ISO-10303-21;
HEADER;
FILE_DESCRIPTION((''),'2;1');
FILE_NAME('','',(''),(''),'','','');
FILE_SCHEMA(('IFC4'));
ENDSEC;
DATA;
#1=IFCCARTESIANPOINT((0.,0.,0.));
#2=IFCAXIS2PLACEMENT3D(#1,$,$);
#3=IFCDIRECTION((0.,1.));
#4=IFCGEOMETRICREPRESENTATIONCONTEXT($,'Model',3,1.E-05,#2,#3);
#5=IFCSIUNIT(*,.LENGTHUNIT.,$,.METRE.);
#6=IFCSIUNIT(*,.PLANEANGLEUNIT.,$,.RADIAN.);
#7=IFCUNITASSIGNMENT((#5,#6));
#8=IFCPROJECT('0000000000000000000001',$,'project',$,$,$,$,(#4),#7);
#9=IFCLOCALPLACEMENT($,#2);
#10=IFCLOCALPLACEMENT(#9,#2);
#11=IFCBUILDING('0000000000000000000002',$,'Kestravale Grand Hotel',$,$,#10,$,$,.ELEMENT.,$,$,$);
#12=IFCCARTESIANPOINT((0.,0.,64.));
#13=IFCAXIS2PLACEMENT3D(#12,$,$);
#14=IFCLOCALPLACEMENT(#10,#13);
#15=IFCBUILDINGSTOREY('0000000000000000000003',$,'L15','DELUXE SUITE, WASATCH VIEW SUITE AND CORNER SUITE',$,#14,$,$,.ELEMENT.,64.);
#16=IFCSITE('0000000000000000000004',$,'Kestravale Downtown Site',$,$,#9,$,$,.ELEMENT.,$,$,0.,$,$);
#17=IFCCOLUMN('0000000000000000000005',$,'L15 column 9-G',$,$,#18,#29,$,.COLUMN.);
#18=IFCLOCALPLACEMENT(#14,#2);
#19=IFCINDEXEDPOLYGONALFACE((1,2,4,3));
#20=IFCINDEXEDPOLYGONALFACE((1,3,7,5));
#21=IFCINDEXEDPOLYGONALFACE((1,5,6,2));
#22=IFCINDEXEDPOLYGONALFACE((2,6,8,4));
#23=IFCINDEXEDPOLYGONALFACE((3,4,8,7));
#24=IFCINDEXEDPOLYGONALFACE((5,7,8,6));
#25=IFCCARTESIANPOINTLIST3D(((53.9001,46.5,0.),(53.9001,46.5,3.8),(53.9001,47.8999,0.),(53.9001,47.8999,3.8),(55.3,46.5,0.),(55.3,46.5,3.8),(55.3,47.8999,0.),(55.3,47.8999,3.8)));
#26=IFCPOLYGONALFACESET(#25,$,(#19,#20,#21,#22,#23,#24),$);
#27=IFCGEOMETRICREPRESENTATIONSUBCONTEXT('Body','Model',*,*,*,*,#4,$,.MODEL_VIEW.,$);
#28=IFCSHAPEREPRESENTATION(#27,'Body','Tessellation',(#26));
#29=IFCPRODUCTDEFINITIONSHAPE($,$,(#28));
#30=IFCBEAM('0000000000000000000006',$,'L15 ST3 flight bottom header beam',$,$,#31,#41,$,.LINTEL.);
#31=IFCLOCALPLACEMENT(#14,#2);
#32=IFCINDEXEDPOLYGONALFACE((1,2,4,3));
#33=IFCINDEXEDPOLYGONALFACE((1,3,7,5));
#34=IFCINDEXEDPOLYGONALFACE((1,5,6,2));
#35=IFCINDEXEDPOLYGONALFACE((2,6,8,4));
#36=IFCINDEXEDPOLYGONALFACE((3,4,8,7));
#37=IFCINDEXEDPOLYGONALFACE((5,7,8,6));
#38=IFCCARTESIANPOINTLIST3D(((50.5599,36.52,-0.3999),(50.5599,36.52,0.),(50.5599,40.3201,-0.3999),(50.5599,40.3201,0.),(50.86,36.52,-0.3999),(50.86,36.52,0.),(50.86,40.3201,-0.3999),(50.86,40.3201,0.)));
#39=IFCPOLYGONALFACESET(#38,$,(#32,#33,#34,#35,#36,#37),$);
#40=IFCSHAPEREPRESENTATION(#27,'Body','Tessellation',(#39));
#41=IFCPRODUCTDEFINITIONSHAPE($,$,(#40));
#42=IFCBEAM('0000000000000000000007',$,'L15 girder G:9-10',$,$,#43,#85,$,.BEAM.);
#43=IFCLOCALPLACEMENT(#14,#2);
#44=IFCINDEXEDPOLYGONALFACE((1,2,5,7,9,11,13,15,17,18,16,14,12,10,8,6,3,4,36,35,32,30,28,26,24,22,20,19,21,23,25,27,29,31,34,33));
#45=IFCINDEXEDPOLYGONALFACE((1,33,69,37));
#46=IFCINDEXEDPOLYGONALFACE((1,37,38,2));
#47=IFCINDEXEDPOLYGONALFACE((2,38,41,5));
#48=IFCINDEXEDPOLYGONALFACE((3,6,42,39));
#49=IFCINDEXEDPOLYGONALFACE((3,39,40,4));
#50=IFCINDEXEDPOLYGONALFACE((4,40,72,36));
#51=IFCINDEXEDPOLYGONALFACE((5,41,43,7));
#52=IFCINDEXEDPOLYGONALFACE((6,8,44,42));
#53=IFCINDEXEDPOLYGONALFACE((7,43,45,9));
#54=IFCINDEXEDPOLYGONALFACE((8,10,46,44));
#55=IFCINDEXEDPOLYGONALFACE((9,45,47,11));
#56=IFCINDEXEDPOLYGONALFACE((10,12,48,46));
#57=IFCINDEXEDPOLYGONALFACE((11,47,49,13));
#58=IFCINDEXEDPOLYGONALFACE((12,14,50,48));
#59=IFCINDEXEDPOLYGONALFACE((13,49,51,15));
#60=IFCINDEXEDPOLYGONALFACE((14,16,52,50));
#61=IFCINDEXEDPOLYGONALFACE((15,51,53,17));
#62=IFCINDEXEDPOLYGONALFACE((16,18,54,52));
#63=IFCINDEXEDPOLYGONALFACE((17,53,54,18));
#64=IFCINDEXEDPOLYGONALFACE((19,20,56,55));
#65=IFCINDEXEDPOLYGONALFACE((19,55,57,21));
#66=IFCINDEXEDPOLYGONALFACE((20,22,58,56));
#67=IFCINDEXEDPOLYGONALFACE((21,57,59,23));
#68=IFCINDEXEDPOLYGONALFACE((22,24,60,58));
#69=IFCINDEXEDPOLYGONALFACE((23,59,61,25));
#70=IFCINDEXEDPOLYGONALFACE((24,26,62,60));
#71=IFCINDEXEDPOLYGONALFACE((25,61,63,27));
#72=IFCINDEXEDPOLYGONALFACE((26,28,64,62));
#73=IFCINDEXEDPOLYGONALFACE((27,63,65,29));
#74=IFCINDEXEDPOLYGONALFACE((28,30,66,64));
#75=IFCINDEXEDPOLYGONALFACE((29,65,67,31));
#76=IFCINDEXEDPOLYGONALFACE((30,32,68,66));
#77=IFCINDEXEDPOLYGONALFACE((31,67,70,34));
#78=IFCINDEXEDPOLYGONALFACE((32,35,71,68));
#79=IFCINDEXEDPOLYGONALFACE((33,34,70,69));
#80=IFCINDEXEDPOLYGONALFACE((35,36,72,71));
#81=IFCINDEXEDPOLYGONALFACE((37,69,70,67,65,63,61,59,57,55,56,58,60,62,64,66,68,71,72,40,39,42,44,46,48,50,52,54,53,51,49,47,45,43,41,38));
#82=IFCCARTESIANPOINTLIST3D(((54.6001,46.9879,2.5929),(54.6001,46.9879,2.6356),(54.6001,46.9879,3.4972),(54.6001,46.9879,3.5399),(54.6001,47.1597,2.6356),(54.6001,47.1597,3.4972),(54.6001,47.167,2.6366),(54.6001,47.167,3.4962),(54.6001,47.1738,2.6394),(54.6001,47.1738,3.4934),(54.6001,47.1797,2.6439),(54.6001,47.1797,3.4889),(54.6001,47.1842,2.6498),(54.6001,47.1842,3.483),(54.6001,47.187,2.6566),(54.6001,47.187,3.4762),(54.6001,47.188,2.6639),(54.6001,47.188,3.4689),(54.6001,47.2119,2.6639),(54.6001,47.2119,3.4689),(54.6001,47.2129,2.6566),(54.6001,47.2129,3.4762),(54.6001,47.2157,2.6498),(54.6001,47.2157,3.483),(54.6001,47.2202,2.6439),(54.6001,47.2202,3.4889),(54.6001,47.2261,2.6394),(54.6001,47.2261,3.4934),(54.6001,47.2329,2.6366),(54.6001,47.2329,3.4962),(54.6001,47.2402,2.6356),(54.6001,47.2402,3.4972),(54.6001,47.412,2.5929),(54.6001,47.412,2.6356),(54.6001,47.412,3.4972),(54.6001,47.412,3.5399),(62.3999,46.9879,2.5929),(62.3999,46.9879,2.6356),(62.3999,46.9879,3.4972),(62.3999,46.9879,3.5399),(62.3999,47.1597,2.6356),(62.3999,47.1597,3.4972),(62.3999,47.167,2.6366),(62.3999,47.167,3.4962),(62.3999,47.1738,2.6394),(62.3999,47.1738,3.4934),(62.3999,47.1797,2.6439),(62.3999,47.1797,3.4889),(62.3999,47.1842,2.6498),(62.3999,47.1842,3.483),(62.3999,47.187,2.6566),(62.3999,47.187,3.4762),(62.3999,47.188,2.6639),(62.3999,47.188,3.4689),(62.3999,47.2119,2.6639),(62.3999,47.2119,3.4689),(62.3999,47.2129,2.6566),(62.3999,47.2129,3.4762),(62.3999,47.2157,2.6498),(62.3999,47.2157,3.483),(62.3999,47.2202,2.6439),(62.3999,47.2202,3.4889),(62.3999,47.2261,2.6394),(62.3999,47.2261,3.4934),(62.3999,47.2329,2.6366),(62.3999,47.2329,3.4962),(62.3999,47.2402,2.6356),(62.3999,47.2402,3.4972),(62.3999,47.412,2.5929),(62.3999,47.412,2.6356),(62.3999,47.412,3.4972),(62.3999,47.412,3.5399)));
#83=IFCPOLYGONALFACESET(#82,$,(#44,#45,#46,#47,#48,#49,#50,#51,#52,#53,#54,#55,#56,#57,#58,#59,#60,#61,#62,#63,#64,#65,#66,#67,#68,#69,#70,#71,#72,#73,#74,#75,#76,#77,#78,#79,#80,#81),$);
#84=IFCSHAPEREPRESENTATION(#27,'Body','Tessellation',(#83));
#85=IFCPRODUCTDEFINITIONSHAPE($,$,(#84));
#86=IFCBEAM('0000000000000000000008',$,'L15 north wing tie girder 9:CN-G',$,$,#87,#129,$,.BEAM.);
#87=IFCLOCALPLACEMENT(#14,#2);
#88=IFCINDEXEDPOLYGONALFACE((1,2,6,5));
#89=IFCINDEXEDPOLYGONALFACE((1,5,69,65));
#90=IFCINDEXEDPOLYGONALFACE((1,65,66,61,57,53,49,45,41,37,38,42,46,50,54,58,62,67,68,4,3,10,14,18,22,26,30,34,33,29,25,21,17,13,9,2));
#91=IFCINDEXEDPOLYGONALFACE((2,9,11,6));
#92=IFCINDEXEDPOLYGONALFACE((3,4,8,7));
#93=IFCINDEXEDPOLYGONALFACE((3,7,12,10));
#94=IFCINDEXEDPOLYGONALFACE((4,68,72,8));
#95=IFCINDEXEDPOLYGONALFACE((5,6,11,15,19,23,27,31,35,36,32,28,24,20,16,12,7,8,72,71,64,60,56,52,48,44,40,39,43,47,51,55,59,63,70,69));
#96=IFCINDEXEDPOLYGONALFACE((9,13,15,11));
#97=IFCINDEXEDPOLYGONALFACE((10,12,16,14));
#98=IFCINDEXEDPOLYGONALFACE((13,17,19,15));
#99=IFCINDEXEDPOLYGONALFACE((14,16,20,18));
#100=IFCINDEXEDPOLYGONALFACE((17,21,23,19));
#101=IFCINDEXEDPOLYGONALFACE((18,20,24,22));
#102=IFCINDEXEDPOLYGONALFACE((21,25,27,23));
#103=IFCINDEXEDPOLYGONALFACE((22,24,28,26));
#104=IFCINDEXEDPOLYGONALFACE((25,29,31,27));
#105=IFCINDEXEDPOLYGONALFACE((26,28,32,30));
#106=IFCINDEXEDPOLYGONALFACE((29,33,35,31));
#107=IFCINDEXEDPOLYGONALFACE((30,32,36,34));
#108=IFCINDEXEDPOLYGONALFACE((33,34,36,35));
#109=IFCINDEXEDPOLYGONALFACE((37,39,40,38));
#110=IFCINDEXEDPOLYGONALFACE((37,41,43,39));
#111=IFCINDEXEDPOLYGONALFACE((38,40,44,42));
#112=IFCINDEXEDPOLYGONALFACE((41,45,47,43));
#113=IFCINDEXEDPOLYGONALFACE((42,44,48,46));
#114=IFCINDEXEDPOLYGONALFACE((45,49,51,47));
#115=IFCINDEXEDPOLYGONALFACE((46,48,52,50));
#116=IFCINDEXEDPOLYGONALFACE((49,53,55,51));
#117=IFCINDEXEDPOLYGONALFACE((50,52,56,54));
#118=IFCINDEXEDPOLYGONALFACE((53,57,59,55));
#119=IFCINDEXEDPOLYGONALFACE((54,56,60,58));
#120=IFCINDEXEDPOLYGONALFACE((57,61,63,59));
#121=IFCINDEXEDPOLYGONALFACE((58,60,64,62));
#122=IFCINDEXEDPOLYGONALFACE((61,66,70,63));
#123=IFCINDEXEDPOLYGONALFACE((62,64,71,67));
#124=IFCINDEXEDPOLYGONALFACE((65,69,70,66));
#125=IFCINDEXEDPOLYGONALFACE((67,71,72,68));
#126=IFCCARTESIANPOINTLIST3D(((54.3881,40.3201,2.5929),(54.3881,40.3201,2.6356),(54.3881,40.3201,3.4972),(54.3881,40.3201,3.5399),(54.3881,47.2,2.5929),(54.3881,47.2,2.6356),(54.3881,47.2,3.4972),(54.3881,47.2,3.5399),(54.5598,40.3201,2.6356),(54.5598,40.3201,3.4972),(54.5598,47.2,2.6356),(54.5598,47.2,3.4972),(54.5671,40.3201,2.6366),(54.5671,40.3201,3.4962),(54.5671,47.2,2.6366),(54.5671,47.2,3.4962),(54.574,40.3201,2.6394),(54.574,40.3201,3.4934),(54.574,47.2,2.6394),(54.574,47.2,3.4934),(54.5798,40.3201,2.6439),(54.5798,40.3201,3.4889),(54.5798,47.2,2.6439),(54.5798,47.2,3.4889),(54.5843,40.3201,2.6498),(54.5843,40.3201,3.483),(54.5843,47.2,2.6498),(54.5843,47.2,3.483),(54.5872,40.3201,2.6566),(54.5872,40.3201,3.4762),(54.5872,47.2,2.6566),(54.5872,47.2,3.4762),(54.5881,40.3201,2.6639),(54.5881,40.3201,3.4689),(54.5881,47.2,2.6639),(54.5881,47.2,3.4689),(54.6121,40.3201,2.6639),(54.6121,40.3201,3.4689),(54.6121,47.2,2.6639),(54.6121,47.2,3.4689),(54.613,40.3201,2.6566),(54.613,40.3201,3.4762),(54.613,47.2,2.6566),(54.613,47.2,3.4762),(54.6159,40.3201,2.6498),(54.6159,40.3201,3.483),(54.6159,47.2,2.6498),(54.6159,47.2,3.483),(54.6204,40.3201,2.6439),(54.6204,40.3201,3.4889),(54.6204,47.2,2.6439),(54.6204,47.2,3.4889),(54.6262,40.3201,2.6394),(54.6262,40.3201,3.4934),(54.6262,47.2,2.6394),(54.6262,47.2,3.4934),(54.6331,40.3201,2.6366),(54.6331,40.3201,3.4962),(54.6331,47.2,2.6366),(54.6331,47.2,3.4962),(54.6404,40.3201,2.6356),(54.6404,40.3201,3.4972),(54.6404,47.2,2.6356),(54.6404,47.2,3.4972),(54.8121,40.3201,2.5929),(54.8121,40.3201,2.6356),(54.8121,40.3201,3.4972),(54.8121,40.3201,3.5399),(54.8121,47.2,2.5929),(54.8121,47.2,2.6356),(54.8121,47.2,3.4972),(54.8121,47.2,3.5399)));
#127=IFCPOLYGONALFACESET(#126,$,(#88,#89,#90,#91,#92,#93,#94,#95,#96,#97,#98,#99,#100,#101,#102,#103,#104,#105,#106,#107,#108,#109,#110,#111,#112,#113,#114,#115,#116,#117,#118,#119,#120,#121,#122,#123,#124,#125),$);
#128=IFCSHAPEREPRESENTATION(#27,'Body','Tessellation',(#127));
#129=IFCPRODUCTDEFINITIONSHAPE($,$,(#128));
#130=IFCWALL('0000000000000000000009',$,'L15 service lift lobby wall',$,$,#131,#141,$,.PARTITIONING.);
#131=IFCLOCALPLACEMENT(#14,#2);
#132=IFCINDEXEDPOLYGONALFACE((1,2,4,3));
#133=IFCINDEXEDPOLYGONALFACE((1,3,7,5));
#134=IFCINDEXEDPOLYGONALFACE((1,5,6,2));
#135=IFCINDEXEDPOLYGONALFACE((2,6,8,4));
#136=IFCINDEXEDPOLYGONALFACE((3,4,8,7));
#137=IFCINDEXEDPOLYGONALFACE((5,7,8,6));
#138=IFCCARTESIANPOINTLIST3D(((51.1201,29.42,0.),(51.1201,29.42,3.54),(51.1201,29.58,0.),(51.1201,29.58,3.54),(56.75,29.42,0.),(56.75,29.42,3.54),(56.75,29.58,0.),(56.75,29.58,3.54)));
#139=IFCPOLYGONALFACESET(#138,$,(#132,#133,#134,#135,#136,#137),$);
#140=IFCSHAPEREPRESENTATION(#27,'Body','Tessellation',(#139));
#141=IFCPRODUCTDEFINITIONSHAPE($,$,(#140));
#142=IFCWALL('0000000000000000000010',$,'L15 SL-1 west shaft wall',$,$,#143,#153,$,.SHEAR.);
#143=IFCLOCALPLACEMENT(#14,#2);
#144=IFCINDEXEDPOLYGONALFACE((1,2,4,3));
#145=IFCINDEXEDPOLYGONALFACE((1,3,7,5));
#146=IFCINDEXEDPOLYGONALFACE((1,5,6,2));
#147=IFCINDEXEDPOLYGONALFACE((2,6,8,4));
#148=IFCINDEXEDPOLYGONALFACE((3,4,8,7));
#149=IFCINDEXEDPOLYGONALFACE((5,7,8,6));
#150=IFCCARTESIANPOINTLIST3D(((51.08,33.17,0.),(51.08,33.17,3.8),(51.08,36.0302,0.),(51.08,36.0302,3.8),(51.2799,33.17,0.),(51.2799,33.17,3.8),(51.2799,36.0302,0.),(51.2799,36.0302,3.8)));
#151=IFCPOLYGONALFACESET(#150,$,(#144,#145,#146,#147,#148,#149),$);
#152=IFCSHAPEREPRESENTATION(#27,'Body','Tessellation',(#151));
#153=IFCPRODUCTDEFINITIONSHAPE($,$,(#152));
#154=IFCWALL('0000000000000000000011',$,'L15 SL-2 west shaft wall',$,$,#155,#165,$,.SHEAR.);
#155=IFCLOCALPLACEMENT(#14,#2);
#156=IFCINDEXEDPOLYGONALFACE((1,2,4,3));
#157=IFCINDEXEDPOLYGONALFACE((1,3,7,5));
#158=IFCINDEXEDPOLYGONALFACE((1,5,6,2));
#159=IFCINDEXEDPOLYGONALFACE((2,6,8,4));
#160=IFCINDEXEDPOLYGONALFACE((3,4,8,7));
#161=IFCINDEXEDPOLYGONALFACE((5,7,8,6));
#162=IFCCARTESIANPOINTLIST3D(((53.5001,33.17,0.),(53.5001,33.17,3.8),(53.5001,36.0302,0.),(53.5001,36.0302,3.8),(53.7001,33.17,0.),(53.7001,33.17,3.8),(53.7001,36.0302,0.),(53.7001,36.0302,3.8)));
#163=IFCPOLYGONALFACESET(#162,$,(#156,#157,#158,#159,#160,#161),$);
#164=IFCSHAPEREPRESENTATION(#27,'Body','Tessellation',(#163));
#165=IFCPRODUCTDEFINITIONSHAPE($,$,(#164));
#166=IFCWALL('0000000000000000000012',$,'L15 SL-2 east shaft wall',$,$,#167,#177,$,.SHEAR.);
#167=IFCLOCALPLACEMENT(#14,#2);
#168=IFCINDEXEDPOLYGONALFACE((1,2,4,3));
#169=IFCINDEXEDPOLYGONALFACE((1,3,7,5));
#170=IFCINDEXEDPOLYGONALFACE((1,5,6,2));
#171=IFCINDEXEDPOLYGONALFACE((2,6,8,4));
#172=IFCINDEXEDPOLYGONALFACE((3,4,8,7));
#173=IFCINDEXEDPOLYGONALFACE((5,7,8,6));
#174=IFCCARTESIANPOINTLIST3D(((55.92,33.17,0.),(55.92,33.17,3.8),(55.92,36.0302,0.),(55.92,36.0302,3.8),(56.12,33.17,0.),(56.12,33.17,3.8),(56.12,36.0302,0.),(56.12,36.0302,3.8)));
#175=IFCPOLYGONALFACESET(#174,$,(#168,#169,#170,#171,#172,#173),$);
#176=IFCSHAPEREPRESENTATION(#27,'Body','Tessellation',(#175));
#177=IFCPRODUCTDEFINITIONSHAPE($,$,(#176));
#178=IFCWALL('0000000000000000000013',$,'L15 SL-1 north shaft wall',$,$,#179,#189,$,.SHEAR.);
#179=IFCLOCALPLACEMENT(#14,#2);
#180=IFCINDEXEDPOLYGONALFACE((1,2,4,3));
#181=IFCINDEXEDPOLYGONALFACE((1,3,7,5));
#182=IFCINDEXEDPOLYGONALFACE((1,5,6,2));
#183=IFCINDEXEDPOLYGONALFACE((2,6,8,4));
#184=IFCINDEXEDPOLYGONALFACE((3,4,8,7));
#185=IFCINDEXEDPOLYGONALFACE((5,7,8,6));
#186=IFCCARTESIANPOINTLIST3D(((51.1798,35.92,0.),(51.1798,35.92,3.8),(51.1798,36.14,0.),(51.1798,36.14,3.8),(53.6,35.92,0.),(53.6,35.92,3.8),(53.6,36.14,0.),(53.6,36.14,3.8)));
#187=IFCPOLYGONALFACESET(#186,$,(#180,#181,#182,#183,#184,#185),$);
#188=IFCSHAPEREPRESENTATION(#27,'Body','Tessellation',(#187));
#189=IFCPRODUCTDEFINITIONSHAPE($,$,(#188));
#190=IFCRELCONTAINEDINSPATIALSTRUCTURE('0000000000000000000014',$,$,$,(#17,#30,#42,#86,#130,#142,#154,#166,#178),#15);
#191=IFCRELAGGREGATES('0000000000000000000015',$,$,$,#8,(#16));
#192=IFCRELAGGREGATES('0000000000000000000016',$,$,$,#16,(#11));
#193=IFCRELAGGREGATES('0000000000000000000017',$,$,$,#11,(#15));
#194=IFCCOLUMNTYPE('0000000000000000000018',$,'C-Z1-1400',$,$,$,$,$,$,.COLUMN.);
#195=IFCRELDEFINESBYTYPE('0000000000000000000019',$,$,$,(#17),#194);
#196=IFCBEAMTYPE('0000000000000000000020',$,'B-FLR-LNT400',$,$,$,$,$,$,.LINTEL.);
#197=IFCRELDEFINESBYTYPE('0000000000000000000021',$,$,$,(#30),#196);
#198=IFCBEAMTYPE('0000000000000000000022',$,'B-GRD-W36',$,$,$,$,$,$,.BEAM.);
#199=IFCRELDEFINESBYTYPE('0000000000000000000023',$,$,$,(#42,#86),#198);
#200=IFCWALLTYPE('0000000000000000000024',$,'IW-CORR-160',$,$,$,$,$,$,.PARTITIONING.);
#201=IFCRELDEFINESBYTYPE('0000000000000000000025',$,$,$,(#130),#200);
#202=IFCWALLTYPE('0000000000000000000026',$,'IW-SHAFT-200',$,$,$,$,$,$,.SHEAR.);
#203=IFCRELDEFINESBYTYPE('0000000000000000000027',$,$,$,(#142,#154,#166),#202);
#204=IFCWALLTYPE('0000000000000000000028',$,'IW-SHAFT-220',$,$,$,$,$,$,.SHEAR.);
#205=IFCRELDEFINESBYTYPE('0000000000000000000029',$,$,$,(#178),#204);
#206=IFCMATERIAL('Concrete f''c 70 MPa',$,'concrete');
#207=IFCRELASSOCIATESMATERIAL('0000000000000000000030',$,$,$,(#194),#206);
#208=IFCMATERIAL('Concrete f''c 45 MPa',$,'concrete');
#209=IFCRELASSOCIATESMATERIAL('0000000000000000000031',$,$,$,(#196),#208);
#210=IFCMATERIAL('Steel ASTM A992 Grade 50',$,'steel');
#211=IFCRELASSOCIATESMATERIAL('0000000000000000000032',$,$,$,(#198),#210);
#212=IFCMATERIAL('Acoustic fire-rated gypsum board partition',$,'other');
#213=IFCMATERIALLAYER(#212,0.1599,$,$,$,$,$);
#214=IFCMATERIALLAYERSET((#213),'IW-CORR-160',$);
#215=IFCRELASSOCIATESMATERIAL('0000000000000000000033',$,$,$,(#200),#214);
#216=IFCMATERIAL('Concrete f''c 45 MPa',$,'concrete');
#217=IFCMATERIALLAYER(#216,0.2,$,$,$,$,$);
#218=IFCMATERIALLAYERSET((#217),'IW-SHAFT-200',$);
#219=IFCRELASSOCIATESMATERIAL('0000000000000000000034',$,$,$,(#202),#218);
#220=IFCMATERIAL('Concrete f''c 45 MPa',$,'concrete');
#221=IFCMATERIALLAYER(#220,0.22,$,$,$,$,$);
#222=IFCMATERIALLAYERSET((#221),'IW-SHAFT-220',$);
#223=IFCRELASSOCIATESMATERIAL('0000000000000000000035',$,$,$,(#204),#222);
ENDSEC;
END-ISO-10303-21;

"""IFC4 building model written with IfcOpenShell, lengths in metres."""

from ifc_helpers import new_model, si_unit, direction, frame, frame_2d, origin, origin_2d, place, context, subcontext, project, spatial, rectangle, i_section, extrude, material, layer, layer_set, material_profile, profile_set, type_object, element, save


model = new_model("IFC4")

# Units and contexts
model_context = context("Model", 3, precision=1e-05, world=origin(), true_north=direction((0.0, 1.0)))
body_context = subcontext(model_context, "Body", "Model", "MODEL_VIEW")
ifc_project = project(units=[si_unit("LENGTHUNIT", "METRE"), si_unit("PLANEANGLEUNIT", "RADIAN")], contexts=[model_context])

# Site, building, storey
site_placement = place(None, origin())
site = spatial("IfcSite", under=ifc_project, at=site_placement, Name="Kestravale Downtown Site", CompositionType="ELEMENT", RefElevation=0.0)
building_placement = place(site_placement, origin())
building = spatial("IfcBuilding", under=site, at=building_placement, Name="Kestravale Grand Hotel", CompositionType="ELEMENT")
storey_placement = place(building_placement, frame((0.0, 0.0, 64.0)))
storey = spatial("IfcBuildingStorey", under=building, at=storey_placement, Name="L15", Description="DELUXE SUITE, WASATCH VIEW SUITE AND CORNER SUITE", CompositionType="ELEMENT", Elevation=64.0)

# Column
ifc_material_1 = material(Name="Concrete f'c 70 MPa", Category="concrete")
ifc_material_profile_1 = material_profile(ifc_material_1, rectangle(XDim=1.3999, YDim=1.3999, at=origin_2d()))
ifc_profile_set_1 = profile_set([ifc_material_profile_1], Name="Concrete f'c 70 MPa")
column_type = type_object("IfcColumnType", Name="C-Z1-1400", PredefinedType="COLUMN", material=ifc_profile_set_1)
column_placement = place(storey_placement, frame((54.6001, 47.2, 0.0), z_axis=(0.0, 0.0, 1.0), x_axis=(1.0, 0.0, 0.0)))
element("IfcColumn", 1, at=column_placement, inside=storey, type_object=column_type, Name="L15 column 9-G", PredefinedType="COLUMN", context=body_context, shape_type="SweptSolid", body=[
    extrude(rectangle(XDim=1.3999, YDim=1.3999, at=origin_2d()), origin(), (0.0, 0.0, 1.0), 3.8),
])

# Beams
ifc_material_2 = material(Name="Concrete f'c 45 MPa", Category="concrete")
ifc_material_profile_2 = material_profile(ifc_material_2, rectangle(XDim=0.3, YDim=0.3999, at=origin_2d()))
ifc_profile_set_2 = profile_set([ifc_material_profile_2], Name="Concrete f'c 45 MPa")
beam_type_1 = type_object("IfcBeamType", Name="B-FLR-LNT400", PredefinedType="LINTEL", material=ifc_profile_set_2)
beam_1_placement = place(storey_placement, frame((50.71, 36.52, -0.2), z_axis=(0.0, 1.0, 0.0), x_axis=(-1.0, 0.0, 0.0)))
element("IfcBeam", 2, at=beam_1_placement, inside=storey, type_object=beam_type_1, Name="L15 ST3 flight bottom header beam", PredefinedType="LINTEL", context=body_context, shape_type="SweptSolid", body=[
    extrude(rectangle(XDim=0.3, YDim=0.3999, at=origin_2d()), origin(), (0.0, 0.0, 1.0), 3.8),
])
ifc_material_3 = material(Name="Steel ASTM A992 Grade 50", Category="steel")
ifc_material_profile_3 = material_profile(ifc_material_3, i_section(OverallWidth=0.4241, OverallDepth=0.947, WebThickness=0.0239, FlangeThickness=0.0427, FilletRadius=0.0283, at=origin_2d()))
ifc_profile_set_3 = profile_set([ifc_material_profile_3], Name="Steel ASTM A992 Grade 50")
beam_type_2 = type_object("IfcBeamType", Name="B-GRD-W36", PredefinedType="BEAM", material=ifc_profile_set_3)
beam_2_placement = place(storey_placement, frame((54.6001, 47.2, 3.0664), z_axis=(1.0, 0.0, 0.0), x_axis=(0.0, 1.0, 0.0)))
element("IfcBeam", 3, at=beam_2_placement, inside=storey, type_object=beam_type_2, Name="L15 girder G:9-10", PredefinedType="BEAM", context=body_context, shape_type="SweptSolid", body=[
    extrude(i_section(OverallWidth=0.4241, OverallDepth=0.947, WebThickness=0.0239, FlangeThickness=0.0427, FilletRadius=0.0283, at=origin_2d()), origin(), (0.0, 0.0, 1.0), 7.7998),
])
beam_3_placement = place(storey_placement, frame((54.6001, 40.3201, 3.0664), z_axis=(0.0, 1.0, 0.0), x_axis=(-1.0, 0.0, 0.0)))
element("IfcBeam", 4, at=beam_3_placement, inside=storey, type_object=beam_type_2, Name="L15 north wing tie girder 9:CN-G", PredefinedType="BEAM", context=body_context, shape_type="SweptSolid", body=[
    extrude(i_section(OverallWidth=0.4241, OverallDepth=0.947, WebThickness=0.0239, FlangeThickness=0.0427, FilletRadius=0.0283, at=origin_2d()), origin(), (0.0, 0.0, 1.0), 6.8799),
])

# Shared definitions
ifc_material_4 = material(Name="Acoustic fire-rated gypsum board partition", Category="other")
ifc_layer_1 = layer(ifc_material_4, 0.1599)
ifc_layer_set_1 = layer_set([ifc_layer_1], Name="IW-CORR-160")
wall_type_1 = type_object("IfcWallType", Name="IW-CORR-160", PredefinedType="PARTITIONING", material=ifc_layer_set_1)

# Walls
wall_1_placement = place(storey_placement, frame((51.1201, 29.5, 0.0), z_axis=(0.0, 0.0, 1.0), x_axis=(1.0, 0.0, 0.0)))
element("IfcWall", 5, at=wall_1_placement, inside=storey, type_object=wall_type_1, Name="L15 service lift lobby wall", PredefinedType="PARTITIONING", context=body_context, shape_type="SweptSolid", body=[
    extrude(rectangle(XDim=5.6299, YDim=0.1599, at=frame_2d((2.8149, 0.0))), origin(), (0.0, 0.0, 1.0), 3.54),
])
ifc_material_5 = material(Name="Concrete f'c 45 MPa", Category="concrete")
ifc_layer_2 = layer(ifc_material_5, 0.2)
ifc_layer_set_2 = layer_set([ifc_layer_2], Name="IW-SHAFT-200")
wall_type_2 = type_object("IfcWallType", Name="IW-SHAFT-200", PredefinedType="SHEAR", material=ifc_layer_set_2)
for number, where, z_axis, x_axis, name in (
    (6, (51.1799, 33.1699, 0.0), (0.0, 0.0, 1.0), (0.0, 1.0, 0.0), "L15 SL-1 west shaft wall"),
    (7, (53.6001, 33.1699, 0.0), (0.0, 0.0, 1.0), (0.0, 1.0, 0.0), "L15 SL-2 west shaft wall"),
    (8, (56.02, 33.1699, 0.0), (0.0, 0.0, 1.0), (0.0, 1.0, 0.0), "L15 SL-2 east shaft wall"),
):
    element("IfcWall", number, at=place(storey_placement, frame(where, z_axis=z_axis, x_axis=x_axis)), inside=storey, type_object=wall_type_2, Name=name, PredefinedType="SHEAR", context=body_context, shape_type="SweptSolid", body=[
        extrude(rectangle(XDim=2.8601, YDim=0.2, at=frame_2d((1.4302, 0.0))), origin(), (0.0, 0.0, 1.0), 3.8),
    ])
ifc_material_6 = material(Name="Concrete f'c 45 MPa", Category="concrete")
ifc_layer_3 = layer(ifc_material_6, 0.22)
ifc_layer_set_3 = layer_set([ifc_layer_3], Name="IW-SHAFT-220")
wall_type_3 = type_object("IfcWallType", Name="IW-SHAFT-220", PredefinedType="SHEAR", material=ifc_layer_set_3)
wall_2_placement = place(storey_placement, frame((51.1799, 36.03, 0.0), z_axis=(0.0, 0.0, 1.0), x_axis=(1.0, 0.0, 0.0)))
element("IfcWall", 9, at=wall_2_placement, inside=storey, type_object=wall_type_3, Name="L15 SL-1 north shaft wall", PredefinedType="SHEAR", context=body_context, shape_type="SweptSolid", body=[
    extrude(rectangle(XDim=2.4202, YDim=0.22, at=frame_2d((1.21, 0.0))), origin(), (0.0, 0.0, 1.0), 3.8),
])

save(model, "model.ifc")
